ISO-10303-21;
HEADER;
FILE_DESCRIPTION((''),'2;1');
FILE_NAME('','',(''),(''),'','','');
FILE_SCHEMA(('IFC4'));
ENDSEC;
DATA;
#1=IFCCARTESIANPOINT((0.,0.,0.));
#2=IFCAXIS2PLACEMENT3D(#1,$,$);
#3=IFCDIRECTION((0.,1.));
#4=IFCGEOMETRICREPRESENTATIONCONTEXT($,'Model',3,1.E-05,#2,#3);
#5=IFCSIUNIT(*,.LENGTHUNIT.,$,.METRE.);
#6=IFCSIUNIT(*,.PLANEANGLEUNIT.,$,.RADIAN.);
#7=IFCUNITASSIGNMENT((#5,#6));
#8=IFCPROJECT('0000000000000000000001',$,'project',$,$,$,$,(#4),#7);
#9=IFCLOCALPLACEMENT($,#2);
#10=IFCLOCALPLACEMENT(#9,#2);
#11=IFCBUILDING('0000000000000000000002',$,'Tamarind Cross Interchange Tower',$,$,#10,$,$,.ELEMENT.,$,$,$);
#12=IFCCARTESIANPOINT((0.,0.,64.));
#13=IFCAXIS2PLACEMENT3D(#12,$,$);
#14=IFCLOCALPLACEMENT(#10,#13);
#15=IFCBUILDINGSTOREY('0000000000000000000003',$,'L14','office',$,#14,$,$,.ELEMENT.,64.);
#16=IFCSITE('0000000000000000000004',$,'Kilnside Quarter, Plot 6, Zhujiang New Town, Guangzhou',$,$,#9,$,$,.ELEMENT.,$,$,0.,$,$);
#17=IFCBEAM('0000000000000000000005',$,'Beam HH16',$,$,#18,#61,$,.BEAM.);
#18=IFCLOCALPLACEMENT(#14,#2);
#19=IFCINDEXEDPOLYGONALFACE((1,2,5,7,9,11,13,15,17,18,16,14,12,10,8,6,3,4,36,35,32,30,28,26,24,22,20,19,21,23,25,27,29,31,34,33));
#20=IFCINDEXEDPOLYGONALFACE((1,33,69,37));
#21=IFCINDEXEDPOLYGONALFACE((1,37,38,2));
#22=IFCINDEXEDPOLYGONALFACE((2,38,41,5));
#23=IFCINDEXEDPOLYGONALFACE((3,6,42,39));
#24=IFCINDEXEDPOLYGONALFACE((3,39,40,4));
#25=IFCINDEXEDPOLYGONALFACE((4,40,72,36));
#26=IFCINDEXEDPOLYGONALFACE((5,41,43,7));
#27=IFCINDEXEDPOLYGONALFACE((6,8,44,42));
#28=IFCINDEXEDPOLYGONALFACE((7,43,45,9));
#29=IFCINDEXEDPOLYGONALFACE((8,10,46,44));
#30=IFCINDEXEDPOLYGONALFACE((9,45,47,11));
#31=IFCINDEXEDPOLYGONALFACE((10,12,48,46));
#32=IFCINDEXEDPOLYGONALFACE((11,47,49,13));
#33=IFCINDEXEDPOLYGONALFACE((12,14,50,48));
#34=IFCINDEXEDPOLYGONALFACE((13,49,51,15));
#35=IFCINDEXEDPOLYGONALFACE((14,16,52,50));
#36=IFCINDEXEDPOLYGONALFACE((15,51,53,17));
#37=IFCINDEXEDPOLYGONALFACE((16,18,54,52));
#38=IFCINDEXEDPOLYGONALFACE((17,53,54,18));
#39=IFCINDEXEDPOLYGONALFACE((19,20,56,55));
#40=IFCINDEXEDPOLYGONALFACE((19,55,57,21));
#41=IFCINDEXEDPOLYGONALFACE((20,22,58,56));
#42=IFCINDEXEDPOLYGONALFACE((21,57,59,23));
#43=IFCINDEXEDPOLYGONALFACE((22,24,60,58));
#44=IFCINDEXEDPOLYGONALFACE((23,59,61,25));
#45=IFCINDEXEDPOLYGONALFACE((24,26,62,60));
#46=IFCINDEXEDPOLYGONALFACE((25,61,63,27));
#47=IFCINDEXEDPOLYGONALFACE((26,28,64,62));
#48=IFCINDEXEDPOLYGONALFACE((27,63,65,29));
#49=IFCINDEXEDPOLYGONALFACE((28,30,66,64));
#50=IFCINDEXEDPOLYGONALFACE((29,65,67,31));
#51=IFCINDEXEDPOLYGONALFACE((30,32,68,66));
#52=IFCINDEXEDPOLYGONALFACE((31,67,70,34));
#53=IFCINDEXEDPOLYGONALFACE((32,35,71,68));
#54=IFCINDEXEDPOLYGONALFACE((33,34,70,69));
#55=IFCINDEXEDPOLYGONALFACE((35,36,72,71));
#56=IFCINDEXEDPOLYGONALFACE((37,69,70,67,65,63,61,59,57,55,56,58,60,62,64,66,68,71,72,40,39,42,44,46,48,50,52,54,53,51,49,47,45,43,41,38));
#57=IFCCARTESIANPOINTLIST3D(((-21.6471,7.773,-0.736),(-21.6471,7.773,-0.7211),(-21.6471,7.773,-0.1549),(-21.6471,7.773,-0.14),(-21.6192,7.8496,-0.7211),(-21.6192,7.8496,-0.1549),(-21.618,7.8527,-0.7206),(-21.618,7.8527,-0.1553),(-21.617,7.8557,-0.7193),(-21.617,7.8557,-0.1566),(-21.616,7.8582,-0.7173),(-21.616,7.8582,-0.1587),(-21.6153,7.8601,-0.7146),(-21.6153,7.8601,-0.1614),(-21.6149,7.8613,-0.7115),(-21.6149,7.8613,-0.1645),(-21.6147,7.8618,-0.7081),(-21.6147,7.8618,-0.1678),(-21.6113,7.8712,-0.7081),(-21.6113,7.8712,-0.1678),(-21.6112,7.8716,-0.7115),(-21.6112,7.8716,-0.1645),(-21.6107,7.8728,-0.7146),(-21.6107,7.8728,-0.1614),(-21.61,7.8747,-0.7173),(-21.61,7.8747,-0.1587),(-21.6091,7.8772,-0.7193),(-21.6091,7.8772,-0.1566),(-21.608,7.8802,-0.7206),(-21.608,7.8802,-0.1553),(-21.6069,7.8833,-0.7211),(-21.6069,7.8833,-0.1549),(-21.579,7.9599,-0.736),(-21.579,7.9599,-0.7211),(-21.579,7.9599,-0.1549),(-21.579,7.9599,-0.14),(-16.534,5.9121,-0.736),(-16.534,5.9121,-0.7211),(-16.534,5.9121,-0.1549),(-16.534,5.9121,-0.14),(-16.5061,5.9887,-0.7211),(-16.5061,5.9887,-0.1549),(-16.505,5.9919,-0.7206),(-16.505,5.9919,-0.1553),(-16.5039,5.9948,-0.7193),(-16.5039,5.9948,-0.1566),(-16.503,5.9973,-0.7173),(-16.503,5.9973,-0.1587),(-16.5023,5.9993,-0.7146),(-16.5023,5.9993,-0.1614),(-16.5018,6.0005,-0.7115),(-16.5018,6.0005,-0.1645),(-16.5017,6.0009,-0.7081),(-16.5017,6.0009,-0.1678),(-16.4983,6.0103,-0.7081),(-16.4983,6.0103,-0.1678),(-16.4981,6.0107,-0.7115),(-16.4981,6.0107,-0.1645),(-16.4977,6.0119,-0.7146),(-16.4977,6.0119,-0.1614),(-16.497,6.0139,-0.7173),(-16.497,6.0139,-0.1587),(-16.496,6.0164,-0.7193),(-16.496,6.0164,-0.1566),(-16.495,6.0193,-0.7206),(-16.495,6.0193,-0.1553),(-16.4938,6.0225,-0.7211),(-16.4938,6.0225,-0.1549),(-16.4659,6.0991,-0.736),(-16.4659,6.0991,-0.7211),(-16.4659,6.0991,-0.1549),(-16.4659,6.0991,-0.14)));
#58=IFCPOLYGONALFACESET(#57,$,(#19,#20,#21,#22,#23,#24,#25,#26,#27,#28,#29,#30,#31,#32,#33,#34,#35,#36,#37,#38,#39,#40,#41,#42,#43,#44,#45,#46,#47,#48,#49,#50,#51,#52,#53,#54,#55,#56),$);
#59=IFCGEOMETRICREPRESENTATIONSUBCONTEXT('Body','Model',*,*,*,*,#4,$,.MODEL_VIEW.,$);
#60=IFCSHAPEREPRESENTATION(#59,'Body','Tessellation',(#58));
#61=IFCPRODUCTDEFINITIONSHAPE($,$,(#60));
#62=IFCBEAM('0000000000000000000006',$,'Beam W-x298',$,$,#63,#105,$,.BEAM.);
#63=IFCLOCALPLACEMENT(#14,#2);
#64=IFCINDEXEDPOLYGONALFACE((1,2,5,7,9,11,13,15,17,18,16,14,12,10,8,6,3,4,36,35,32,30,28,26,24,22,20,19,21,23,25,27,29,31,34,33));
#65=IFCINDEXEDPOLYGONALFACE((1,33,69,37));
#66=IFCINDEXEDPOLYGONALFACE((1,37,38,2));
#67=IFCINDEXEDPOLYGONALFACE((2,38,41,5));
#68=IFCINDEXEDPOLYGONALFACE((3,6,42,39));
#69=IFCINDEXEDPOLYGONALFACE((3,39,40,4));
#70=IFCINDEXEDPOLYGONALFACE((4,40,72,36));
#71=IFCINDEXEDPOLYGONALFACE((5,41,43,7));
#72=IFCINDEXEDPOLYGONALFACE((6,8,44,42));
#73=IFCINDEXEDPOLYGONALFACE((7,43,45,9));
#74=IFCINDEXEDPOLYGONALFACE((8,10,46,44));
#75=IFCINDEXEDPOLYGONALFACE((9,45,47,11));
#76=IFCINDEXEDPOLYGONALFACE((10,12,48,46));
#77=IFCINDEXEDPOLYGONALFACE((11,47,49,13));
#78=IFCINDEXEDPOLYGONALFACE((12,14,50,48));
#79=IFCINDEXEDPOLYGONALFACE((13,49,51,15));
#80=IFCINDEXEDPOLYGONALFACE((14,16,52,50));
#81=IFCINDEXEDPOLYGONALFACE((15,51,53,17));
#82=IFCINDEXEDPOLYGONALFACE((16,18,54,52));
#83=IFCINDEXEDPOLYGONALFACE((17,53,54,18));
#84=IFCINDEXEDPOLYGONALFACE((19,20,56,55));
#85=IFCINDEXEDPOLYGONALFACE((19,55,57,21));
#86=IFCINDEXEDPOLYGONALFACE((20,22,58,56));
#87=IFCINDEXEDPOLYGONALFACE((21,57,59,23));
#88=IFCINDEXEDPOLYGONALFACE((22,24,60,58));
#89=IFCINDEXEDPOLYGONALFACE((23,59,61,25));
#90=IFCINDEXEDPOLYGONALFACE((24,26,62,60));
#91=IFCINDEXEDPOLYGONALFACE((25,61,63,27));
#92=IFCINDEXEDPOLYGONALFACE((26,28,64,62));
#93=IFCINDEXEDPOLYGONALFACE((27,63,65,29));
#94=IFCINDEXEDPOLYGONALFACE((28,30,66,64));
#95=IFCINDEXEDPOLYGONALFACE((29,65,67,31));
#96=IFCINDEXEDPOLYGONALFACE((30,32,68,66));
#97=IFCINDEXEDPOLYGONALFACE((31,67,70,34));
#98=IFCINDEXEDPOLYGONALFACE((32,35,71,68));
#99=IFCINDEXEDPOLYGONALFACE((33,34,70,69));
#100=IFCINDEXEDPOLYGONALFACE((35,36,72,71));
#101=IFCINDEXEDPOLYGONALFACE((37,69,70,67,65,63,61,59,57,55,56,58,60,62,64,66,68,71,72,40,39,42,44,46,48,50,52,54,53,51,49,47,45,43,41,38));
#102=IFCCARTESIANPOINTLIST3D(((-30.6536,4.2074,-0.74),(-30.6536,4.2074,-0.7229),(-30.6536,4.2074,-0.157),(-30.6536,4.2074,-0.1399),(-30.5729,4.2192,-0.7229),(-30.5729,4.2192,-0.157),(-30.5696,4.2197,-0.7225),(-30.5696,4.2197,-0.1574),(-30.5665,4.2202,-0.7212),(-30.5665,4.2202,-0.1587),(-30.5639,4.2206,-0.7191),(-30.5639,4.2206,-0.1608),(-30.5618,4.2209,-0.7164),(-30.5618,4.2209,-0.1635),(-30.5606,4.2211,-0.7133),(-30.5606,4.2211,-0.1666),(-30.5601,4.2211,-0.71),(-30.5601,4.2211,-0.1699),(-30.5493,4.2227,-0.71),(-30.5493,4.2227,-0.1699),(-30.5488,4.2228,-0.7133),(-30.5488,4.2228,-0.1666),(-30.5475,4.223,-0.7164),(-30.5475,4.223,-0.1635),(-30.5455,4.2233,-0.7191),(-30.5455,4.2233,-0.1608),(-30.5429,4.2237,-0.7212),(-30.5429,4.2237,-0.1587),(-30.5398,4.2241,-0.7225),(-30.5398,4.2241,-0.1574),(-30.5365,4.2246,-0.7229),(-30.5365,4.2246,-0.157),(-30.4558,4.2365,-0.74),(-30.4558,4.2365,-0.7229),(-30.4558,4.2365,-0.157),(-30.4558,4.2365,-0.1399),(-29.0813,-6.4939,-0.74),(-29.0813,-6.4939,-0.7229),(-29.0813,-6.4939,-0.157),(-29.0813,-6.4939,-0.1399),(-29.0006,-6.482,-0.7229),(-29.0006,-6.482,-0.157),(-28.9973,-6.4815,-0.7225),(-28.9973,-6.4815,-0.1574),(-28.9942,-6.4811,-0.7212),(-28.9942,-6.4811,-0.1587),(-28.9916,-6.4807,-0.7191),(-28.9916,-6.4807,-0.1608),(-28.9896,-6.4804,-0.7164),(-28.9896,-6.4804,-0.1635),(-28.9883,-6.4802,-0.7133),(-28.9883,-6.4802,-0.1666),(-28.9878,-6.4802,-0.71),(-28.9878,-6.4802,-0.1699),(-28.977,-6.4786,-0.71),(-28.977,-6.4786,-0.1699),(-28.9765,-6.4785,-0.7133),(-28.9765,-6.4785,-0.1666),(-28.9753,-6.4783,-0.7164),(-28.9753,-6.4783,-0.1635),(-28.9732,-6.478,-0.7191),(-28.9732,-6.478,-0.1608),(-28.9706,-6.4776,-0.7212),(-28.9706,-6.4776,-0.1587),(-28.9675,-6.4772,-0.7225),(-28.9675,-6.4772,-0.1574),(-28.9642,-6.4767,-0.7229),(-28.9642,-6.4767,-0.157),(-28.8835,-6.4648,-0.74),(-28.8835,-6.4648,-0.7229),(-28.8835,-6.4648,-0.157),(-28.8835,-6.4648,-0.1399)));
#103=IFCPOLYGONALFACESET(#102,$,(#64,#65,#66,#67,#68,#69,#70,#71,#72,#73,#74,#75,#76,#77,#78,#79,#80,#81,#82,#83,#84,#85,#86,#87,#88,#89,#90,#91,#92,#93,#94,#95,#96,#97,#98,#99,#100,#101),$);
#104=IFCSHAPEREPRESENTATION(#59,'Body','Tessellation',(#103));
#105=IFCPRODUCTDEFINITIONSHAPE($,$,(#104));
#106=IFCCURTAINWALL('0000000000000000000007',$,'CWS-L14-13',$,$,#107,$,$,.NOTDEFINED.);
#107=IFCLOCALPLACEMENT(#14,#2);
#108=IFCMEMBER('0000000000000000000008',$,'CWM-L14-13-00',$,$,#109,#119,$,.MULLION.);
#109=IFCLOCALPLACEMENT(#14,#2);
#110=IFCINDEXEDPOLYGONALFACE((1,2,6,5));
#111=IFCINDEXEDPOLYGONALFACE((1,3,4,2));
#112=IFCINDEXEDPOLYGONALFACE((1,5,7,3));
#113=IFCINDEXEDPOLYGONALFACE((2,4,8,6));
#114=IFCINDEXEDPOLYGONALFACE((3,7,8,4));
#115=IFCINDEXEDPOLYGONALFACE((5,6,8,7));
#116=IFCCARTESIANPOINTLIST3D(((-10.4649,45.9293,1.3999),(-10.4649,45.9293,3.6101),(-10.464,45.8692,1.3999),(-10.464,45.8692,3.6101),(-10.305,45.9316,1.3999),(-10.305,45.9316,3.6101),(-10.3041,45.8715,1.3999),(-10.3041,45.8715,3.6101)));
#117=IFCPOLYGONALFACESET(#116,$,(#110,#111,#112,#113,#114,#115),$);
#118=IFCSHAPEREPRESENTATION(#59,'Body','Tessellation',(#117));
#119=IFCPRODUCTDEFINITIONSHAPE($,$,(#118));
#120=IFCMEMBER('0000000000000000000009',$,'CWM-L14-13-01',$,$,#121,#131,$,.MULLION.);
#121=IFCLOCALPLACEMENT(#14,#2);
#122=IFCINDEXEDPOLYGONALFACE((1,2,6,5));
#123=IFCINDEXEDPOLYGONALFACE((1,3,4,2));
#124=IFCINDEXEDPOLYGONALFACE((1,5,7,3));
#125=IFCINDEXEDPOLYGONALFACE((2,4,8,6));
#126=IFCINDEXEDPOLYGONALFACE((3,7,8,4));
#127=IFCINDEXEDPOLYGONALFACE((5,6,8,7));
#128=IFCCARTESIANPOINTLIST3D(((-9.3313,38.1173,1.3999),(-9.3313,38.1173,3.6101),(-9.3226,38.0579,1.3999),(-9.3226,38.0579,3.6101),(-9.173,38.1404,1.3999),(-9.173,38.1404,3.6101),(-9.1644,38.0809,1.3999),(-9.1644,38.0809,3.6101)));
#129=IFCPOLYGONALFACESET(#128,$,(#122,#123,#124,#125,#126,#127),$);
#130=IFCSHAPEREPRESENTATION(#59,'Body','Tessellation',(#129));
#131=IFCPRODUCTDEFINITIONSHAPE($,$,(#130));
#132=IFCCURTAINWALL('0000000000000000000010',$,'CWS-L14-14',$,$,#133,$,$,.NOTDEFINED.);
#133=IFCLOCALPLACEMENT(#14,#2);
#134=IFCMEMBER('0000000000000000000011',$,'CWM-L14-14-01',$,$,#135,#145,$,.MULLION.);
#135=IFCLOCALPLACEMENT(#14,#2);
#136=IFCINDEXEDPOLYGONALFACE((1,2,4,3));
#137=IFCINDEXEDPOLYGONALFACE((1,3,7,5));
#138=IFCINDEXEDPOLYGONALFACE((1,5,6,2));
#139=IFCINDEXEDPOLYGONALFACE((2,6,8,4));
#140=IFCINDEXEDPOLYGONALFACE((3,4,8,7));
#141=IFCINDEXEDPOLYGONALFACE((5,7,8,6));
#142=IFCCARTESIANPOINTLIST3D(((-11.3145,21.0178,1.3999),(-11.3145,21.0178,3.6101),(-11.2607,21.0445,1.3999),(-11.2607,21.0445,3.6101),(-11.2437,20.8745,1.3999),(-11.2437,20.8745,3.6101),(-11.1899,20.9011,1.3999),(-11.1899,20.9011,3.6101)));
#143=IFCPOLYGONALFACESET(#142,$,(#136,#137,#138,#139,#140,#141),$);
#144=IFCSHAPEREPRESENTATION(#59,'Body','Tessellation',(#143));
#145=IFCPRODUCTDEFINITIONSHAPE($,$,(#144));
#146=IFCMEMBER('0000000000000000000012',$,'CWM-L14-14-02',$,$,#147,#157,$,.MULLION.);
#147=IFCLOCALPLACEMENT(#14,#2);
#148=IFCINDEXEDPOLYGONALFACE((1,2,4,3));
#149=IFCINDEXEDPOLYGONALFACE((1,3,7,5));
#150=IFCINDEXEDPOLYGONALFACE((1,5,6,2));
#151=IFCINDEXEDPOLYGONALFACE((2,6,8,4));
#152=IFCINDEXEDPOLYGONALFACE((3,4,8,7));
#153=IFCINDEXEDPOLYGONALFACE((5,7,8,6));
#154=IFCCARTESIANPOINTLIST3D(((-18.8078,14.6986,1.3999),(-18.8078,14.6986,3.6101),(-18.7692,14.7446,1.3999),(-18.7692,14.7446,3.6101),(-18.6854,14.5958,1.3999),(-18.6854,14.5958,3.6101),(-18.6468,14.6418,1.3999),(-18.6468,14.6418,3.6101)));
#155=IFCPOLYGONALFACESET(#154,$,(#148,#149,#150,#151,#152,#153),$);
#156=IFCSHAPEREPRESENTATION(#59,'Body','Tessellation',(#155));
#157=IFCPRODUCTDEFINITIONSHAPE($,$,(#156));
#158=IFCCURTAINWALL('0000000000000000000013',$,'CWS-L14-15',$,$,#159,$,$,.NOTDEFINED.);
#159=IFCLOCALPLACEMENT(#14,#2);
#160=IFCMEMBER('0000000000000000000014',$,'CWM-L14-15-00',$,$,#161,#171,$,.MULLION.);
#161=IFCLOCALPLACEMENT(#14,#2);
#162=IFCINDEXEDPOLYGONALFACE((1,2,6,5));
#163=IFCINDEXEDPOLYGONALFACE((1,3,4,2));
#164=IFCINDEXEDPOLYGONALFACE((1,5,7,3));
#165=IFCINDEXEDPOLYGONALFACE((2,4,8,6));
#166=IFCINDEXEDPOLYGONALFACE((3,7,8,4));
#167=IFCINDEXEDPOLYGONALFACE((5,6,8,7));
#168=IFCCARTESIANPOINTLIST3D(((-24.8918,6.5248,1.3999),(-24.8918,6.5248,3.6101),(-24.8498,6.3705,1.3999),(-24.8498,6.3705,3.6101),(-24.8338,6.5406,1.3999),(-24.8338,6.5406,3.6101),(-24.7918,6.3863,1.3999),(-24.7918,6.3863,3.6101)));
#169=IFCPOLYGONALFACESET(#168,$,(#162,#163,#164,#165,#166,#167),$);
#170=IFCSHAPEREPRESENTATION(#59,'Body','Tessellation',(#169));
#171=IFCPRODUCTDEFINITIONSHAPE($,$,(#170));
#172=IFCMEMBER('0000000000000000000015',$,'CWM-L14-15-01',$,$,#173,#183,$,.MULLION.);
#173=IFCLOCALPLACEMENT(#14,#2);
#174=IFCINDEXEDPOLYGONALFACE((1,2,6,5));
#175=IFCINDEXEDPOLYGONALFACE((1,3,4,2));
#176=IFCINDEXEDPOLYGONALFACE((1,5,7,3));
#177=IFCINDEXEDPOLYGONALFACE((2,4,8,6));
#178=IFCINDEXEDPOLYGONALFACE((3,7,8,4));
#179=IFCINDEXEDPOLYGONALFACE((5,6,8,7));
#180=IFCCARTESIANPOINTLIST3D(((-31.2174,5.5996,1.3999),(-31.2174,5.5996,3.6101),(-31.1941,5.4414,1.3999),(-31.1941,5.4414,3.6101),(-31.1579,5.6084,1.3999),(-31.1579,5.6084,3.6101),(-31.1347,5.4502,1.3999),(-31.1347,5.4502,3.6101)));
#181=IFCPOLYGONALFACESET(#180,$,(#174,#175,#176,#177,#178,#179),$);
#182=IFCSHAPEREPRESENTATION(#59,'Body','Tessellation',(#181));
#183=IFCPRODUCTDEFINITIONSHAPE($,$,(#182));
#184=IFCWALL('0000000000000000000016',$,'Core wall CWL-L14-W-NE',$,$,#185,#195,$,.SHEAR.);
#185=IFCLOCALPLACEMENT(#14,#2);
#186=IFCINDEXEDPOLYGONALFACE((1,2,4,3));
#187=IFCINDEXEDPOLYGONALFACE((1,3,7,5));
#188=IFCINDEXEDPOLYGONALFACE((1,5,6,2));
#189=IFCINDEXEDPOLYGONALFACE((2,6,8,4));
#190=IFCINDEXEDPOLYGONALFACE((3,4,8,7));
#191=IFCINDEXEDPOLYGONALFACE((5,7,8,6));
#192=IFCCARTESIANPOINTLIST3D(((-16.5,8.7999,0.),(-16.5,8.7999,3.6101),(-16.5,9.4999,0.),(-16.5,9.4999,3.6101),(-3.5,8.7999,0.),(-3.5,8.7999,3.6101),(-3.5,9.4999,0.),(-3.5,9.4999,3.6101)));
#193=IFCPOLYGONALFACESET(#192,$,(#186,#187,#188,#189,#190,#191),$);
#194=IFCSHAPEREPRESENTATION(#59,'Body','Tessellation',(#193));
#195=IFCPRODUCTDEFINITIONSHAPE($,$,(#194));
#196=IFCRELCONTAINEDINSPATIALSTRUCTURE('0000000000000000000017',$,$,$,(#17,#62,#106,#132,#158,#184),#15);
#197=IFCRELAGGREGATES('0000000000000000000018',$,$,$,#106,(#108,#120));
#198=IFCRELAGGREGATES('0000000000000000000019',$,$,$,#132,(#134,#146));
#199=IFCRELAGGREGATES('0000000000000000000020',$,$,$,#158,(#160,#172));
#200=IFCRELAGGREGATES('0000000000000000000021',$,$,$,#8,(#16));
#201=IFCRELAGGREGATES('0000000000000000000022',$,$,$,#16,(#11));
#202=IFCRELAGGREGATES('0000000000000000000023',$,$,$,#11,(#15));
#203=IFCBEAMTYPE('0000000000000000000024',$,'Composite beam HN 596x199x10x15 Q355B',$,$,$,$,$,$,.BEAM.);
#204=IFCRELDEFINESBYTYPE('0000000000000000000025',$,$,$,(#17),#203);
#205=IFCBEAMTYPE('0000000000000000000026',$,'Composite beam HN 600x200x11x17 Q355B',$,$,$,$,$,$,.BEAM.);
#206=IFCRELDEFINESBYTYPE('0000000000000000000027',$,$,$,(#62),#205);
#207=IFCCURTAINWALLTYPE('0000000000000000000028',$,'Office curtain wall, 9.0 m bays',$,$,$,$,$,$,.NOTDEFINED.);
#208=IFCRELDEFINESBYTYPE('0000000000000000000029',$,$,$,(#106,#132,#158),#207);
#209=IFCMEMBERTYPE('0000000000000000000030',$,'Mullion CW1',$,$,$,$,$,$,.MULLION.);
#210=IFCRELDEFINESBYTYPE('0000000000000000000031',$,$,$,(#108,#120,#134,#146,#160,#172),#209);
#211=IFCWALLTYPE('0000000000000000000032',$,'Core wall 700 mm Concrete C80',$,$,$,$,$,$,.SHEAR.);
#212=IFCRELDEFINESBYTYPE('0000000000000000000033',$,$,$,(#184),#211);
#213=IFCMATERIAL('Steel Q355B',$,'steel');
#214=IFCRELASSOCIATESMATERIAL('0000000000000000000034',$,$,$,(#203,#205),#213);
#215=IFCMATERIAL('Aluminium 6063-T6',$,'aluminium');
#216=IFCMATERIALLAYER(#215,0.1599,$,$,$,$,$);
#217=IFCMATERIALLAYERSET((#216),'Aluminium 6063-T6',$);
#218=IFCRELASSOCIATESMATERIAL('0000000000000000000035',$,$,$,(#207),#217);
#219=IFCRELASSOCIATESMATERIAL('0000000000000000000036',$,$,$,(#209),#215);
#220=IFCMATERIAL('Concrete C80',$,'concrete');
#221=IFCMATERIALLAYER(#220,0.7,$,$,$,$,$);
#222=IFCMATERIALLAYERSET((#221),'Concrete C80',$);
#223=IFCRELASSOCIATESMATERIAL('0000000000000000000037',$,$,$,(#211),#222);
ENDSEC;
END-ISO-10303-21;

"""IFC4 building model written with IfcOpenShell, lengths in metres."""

from ifc_helpers import new_model, si_unit, direction, frame, frame_2d, origin, origin_2d, place, context, subcontext, project, spatial, rectangle, i_section, extrude, material, layer, layer_set, material_profile, profile_set, type_object, element, aggregate, save


model = new_model("IFC4")

# Units and contexts
model_context = context("Model", 3, precision=1e-05, world=origin(), true_north=direction((0.0, 1.0)))
body_context = subcontext(model_context, "Body", "Model", "MODEL_VIEW")
ifc_project = project(units=[si_unit("LENGTHUNIT", "METRE"), si_unit("PLANEANGLEUNIT", "RADIAN")], contexts=[model_context])

# Site, building, storey
site_placement = place(None, origin())
site = spatial("IfcSite", under=ifc_project, at=site_placement, Name="Kilnside Quarter, Plot 6, Zhujiang New Town, Guangzhou", CompositionType="ELEMENT", RefElevation=0.0)
building_placement = place(site_placement, origin())
building = spatial("IfcBuilding", under=site, at=building_placement, Name="Tamarind Cross Interchange Tower", CompositionType="ELEMENT")
storey_placement = place(building_placement, frame((0.0, 0.0, 64.0)))
storey = spatial("IfcBuildingStorey", under=building, at=storey_placement, Name="L14", Description="office", CompositionType="ELEMENT", Elevation=64.0)

# Beams
ifc_material_1 = material(Name="Steel Q355B", Category="steel")
ifc_material_profile_1 = material_profile(ifc_material_1, i_section(OverallWidth=0.199, OverallDepth=0.5959, WebThickness=0.01, FlangeThickness=0.0149, FilletRadius=0.0129, at=origin_2d()), Name="HN 596x199x10x15")
ifc_profile_set_1 = profile_set([ifc_material_profile_1], Name="Steel Q355B")
beam_type_1 = type_object("IfcBeamType", Name="Composite beam HN 596x199x10x15 Q355B", PredefinedType="BEAM", material=ifc_profile_set_1)
beam_1_placement = place(storey_placement, frame((-21.613, 7.8665, -0.438), z_axis=(0.939702, -0.341995, 0.0), x_axis=(0.341995, 0.939702, 0.0)))
element("IfcBeam", 1, at=beam_1_placement, inside=storey, type_object=beam_type_1, Name="Beam HH16", PredefinedType="BEAM", context=body_context, shape_type="SweptSolid", body=[
    extrude(i_section(OverallWidth=0.199, OverallDepth=0.5959, WebThickness=0.01, FlangeThickness=0.0149, FilletRadius=0.0129, at=origin_2d()), origin(), (0.0, 0.0, 1.0), 5.4412),
])
ifc_material_profile_2 = material_profile(ifc_material_1, i_section(OverallWidth=0.2, OverallDepth=0.6001, WebThickness=0.011, FlangeThickness=0.0171, FilletRadius=0.0129, at=origin_2d()), Name="HN 600x200x11x17")
ifc_profile_set_2 = profile_set([ifc_material_profile_2], Name="Steel Q355B")
beam_type_2 = type_object("IfcBeamType", Name="Composite beam HN 600x200x11x17 Q355B", PredefinedType="BEAM", material=ifc_profile_set_2)
beam_2_placement = place(storey_placement, frame((-30.5547, 4.2219, -0.4399), z_axis=(0.145364, -0.989378, 0.0), x_axis=(0.989378, 0.145364, 0.0)))
element("IfcBeam", 2, at=beam_2_placement, inside=storey, type_object=beam_type_2, Name="Beam W-x298", PredefinedType="BEAM", context=body_context, shape_type="SweptSolid", body=[
    extrude(i_section(OverallWidth=0.2, OverallDepth=0.6001, WebThickness=0.011, FlangeThickness=0.0171, FilletRadius=0.0129, at=origin_2d()), origin(), (0.0, 0.0, 1.0), 10.8162),
])

# Curtain walls, members
ifc_material_2 = material(Name="Aluminium 6063-T6", Category="aluminium")
ifc_layer_1 = layer(ifc_material_2, 0.1599)
ifc_layer_set_1 = layer_set([ifc_layer_1], Name="Aluminium 6063-T6")
curtain_wall_type = type_object("IfcCurtainWallType", Name="Office curtain wall, 9.0 m bays", PredefinedType="NOTDEFINED", material=ifc_layer_set_1)
curtain_wall_1_placement = place(storey_placement, origin())
curtain_wall_1 = element("IfcCurtainWall", 3, at=curtain_wall_1_placement, inside=storey, type_object=curtain_wall_type, Name="CWS-L14-13", PredefinedType="NOTDEFINED")
ifc_material_profile_3 = material_profile(ifc_material_2, rectangle(XDim=0.0601, YDim=0.1599, at=origin_2d()), Name="Mullion CW1")
ifc_profile_set_3 = profile_set([ifc_material_profile_3], Name="Aluminium 6063-T6")
member_type = type_object("IfcMemberType", Name="Mullion CW1", PredefinedType="MULLION", material=ifc_profile_set_3)
member_1_placement = place(storey_placement, frame((-10.3845, 45.9004, 1.3999), z_axis=(0.0, 0.0, 1.0), x_axis=(0.014386, -0.999897, 0.0)))
member_1 = element("IfcMember", 4, at=member_1_placement, type_object=member_type, Name="CWM-L14-13-00", PredefinedType="MULLION", context=body_context, shape_type="SweptSolid", body=[
    extrude(rectangle(XDim=0.0601, YDim=0.1599, at=origin_2d()), origin(), (0.0, 0.0, 1.0), 2.2102),
])
member_2_placement = place(storey_placement, frame((-9.2478, 38.0991, 1.3999), z_axis=(0.0, 0.0, 1.0), x_axis=(0.144187, -0.98955, 0.0)))
member_2 = element("IfcMember", 5, at=member_2_placement, type_object=member_type, Name="CWM-L14-13-01", PredefinedType="MULLION", context=body_context, shape_type="SweptSolid", body=[
    extrude(rectangle(XDim=0.0601, YDim=0.1599, at=origin_2d()), origin(), (0.0, 0.0, 1.0), 2.2102),
])
aggregate(curtain_wall_1, [member_1, member_2])
curtain_wall_2_placement = place(storey_placement, origin())
curtain_wall_2 = element("IfcCurtainWall", 6, at=curtain_wall_2_placement, inside=storey, type_object=curtain_wall_type, Name="CWS-L14-14", PredefinedType="NOTDEFINED")
member_3_placement = place(storey_placement, frame((-11.2522, 20.9595, 1.3999), z_axis=(0.0, 0.0, 1.0), x_axis=(-0.896493, -0.443059, 0.0)))
member_3 = element("IfcMember", 7, at=member_3_placement, type_object=member_type, Name="CWM-L14-14-01", PredefinedType="MULLION", context=body_context, shape_type="SweptSolid", body=[
    extrude(rectangle(XDim=0.0601, YDim=0.1599, at=origin_2d()), origin(), (0.0, 0.0, 1.0), 2.2102),
])
member_4_placement = place(storey_placement, frame((-18.7273, 14.6702, 1.3999), z_axis=(0.0, 0.0, 1.0), x_axis=(-0.643009, -0.765858, 0.0)))
member_4 = element("IfcMember", 8, at=member_4_placement, type_object=member_type, Name="CWM-L14-14-02", PredefinedType="MULLION", context=body_context, shape_type="SweptSolid", body=[
    extrude(rectangle(XDim=0.0601, YDim=0.1599, at=origin_2d()), origin(), (0.0, 0.0, 1.0), 2.2102),
])
aggregate(curtain_wall_2, [member_3, member_4])
curtain_wall_3_placement = place(storey_placement, origin())
curtain_wall_3 = element("IfcCurtainWall", 9, at=curtain_wall_3_placement, inside=storey, type_object=curtain_wall_type, Name="CWS-L14-15", PredefinedType="NOTDEFINED")
member_5_placement = place(storey_placement, frame((-24.8418, 6.4556, 1.3999), z_axis=(0.0, 0.0, 1.0), x_axis=(-0.964974, -0.262344, 0.0)))
member_5 = element("IfcMember", 10, at=member_5_placement, type_object=member_type, Name="CWM-L14-15-00", PredefinedType="MULLION", context=body_context, shape_type="SweptSolid", body=[
    extrude(rectangle(XDim=0.0601, YDim=0.1599, at=origin_2d()), origin(), (0.0, 0.0, 1.0), 2.2102),
])
member_6_placement = place(storey_placement, frame((-31.176, 5.5249, 1.3999), z_axis=(0.0, 0.0, 1.0), x_axis=(-0.989378, -0.145365, 0.0)))
member_6 = element("IfcMember", 11, at=member_6_placement, type_object=member_type, Name="CWM-L14-15-01", PredefinedType="MULLION", context=body_context, shape_type="SweptSolid", body=[
    extrude(rectangle(XDim=0.0601, YDim=0.1599, at=origin_2d()), origin(), (0.0, 0.0, 1.0), 2.2102),
])
aggregate(curtain_wall_3, [member_5, member_6])

# Wall
ifc_material_3 = material(Name="Concrete C80", Category="concrete")
ifc_layer_2 = layer(ifc_material_3, 0.7)
ifc_layer_set_2 = layer_set([ifc_layer_2], Name="Concrete C80")
wall_type_1 = type_object("IfcWallType", Name="Core wall 700 mm Concrete C80", PredefinedType="SHEAR", material=ifc_layer_set_2)
wall_1_placement = place(storey_placement, frame((-16.5, 9.1499, 0.0), z_axis=(0.0, 0.0, 1.0), x_axis=(1.0, 0.0, 0.0)))
element("IfcWall", 12, at=wall_1_placement, inside=storey, type_object=wall_type_1, Name="Core wall CWL-L14-W-NE", PredefinedType="SHEAR", context=body_context, shape_type="SweptSolid", body=[
    extrude(rectangle(XDim=13.0, YDim=0.7, at=frame_2d((6.5, 0.0))), origin(), (0.0, 0.0, 1.0), 3.6101),
])

save(model, "model.ifc")
